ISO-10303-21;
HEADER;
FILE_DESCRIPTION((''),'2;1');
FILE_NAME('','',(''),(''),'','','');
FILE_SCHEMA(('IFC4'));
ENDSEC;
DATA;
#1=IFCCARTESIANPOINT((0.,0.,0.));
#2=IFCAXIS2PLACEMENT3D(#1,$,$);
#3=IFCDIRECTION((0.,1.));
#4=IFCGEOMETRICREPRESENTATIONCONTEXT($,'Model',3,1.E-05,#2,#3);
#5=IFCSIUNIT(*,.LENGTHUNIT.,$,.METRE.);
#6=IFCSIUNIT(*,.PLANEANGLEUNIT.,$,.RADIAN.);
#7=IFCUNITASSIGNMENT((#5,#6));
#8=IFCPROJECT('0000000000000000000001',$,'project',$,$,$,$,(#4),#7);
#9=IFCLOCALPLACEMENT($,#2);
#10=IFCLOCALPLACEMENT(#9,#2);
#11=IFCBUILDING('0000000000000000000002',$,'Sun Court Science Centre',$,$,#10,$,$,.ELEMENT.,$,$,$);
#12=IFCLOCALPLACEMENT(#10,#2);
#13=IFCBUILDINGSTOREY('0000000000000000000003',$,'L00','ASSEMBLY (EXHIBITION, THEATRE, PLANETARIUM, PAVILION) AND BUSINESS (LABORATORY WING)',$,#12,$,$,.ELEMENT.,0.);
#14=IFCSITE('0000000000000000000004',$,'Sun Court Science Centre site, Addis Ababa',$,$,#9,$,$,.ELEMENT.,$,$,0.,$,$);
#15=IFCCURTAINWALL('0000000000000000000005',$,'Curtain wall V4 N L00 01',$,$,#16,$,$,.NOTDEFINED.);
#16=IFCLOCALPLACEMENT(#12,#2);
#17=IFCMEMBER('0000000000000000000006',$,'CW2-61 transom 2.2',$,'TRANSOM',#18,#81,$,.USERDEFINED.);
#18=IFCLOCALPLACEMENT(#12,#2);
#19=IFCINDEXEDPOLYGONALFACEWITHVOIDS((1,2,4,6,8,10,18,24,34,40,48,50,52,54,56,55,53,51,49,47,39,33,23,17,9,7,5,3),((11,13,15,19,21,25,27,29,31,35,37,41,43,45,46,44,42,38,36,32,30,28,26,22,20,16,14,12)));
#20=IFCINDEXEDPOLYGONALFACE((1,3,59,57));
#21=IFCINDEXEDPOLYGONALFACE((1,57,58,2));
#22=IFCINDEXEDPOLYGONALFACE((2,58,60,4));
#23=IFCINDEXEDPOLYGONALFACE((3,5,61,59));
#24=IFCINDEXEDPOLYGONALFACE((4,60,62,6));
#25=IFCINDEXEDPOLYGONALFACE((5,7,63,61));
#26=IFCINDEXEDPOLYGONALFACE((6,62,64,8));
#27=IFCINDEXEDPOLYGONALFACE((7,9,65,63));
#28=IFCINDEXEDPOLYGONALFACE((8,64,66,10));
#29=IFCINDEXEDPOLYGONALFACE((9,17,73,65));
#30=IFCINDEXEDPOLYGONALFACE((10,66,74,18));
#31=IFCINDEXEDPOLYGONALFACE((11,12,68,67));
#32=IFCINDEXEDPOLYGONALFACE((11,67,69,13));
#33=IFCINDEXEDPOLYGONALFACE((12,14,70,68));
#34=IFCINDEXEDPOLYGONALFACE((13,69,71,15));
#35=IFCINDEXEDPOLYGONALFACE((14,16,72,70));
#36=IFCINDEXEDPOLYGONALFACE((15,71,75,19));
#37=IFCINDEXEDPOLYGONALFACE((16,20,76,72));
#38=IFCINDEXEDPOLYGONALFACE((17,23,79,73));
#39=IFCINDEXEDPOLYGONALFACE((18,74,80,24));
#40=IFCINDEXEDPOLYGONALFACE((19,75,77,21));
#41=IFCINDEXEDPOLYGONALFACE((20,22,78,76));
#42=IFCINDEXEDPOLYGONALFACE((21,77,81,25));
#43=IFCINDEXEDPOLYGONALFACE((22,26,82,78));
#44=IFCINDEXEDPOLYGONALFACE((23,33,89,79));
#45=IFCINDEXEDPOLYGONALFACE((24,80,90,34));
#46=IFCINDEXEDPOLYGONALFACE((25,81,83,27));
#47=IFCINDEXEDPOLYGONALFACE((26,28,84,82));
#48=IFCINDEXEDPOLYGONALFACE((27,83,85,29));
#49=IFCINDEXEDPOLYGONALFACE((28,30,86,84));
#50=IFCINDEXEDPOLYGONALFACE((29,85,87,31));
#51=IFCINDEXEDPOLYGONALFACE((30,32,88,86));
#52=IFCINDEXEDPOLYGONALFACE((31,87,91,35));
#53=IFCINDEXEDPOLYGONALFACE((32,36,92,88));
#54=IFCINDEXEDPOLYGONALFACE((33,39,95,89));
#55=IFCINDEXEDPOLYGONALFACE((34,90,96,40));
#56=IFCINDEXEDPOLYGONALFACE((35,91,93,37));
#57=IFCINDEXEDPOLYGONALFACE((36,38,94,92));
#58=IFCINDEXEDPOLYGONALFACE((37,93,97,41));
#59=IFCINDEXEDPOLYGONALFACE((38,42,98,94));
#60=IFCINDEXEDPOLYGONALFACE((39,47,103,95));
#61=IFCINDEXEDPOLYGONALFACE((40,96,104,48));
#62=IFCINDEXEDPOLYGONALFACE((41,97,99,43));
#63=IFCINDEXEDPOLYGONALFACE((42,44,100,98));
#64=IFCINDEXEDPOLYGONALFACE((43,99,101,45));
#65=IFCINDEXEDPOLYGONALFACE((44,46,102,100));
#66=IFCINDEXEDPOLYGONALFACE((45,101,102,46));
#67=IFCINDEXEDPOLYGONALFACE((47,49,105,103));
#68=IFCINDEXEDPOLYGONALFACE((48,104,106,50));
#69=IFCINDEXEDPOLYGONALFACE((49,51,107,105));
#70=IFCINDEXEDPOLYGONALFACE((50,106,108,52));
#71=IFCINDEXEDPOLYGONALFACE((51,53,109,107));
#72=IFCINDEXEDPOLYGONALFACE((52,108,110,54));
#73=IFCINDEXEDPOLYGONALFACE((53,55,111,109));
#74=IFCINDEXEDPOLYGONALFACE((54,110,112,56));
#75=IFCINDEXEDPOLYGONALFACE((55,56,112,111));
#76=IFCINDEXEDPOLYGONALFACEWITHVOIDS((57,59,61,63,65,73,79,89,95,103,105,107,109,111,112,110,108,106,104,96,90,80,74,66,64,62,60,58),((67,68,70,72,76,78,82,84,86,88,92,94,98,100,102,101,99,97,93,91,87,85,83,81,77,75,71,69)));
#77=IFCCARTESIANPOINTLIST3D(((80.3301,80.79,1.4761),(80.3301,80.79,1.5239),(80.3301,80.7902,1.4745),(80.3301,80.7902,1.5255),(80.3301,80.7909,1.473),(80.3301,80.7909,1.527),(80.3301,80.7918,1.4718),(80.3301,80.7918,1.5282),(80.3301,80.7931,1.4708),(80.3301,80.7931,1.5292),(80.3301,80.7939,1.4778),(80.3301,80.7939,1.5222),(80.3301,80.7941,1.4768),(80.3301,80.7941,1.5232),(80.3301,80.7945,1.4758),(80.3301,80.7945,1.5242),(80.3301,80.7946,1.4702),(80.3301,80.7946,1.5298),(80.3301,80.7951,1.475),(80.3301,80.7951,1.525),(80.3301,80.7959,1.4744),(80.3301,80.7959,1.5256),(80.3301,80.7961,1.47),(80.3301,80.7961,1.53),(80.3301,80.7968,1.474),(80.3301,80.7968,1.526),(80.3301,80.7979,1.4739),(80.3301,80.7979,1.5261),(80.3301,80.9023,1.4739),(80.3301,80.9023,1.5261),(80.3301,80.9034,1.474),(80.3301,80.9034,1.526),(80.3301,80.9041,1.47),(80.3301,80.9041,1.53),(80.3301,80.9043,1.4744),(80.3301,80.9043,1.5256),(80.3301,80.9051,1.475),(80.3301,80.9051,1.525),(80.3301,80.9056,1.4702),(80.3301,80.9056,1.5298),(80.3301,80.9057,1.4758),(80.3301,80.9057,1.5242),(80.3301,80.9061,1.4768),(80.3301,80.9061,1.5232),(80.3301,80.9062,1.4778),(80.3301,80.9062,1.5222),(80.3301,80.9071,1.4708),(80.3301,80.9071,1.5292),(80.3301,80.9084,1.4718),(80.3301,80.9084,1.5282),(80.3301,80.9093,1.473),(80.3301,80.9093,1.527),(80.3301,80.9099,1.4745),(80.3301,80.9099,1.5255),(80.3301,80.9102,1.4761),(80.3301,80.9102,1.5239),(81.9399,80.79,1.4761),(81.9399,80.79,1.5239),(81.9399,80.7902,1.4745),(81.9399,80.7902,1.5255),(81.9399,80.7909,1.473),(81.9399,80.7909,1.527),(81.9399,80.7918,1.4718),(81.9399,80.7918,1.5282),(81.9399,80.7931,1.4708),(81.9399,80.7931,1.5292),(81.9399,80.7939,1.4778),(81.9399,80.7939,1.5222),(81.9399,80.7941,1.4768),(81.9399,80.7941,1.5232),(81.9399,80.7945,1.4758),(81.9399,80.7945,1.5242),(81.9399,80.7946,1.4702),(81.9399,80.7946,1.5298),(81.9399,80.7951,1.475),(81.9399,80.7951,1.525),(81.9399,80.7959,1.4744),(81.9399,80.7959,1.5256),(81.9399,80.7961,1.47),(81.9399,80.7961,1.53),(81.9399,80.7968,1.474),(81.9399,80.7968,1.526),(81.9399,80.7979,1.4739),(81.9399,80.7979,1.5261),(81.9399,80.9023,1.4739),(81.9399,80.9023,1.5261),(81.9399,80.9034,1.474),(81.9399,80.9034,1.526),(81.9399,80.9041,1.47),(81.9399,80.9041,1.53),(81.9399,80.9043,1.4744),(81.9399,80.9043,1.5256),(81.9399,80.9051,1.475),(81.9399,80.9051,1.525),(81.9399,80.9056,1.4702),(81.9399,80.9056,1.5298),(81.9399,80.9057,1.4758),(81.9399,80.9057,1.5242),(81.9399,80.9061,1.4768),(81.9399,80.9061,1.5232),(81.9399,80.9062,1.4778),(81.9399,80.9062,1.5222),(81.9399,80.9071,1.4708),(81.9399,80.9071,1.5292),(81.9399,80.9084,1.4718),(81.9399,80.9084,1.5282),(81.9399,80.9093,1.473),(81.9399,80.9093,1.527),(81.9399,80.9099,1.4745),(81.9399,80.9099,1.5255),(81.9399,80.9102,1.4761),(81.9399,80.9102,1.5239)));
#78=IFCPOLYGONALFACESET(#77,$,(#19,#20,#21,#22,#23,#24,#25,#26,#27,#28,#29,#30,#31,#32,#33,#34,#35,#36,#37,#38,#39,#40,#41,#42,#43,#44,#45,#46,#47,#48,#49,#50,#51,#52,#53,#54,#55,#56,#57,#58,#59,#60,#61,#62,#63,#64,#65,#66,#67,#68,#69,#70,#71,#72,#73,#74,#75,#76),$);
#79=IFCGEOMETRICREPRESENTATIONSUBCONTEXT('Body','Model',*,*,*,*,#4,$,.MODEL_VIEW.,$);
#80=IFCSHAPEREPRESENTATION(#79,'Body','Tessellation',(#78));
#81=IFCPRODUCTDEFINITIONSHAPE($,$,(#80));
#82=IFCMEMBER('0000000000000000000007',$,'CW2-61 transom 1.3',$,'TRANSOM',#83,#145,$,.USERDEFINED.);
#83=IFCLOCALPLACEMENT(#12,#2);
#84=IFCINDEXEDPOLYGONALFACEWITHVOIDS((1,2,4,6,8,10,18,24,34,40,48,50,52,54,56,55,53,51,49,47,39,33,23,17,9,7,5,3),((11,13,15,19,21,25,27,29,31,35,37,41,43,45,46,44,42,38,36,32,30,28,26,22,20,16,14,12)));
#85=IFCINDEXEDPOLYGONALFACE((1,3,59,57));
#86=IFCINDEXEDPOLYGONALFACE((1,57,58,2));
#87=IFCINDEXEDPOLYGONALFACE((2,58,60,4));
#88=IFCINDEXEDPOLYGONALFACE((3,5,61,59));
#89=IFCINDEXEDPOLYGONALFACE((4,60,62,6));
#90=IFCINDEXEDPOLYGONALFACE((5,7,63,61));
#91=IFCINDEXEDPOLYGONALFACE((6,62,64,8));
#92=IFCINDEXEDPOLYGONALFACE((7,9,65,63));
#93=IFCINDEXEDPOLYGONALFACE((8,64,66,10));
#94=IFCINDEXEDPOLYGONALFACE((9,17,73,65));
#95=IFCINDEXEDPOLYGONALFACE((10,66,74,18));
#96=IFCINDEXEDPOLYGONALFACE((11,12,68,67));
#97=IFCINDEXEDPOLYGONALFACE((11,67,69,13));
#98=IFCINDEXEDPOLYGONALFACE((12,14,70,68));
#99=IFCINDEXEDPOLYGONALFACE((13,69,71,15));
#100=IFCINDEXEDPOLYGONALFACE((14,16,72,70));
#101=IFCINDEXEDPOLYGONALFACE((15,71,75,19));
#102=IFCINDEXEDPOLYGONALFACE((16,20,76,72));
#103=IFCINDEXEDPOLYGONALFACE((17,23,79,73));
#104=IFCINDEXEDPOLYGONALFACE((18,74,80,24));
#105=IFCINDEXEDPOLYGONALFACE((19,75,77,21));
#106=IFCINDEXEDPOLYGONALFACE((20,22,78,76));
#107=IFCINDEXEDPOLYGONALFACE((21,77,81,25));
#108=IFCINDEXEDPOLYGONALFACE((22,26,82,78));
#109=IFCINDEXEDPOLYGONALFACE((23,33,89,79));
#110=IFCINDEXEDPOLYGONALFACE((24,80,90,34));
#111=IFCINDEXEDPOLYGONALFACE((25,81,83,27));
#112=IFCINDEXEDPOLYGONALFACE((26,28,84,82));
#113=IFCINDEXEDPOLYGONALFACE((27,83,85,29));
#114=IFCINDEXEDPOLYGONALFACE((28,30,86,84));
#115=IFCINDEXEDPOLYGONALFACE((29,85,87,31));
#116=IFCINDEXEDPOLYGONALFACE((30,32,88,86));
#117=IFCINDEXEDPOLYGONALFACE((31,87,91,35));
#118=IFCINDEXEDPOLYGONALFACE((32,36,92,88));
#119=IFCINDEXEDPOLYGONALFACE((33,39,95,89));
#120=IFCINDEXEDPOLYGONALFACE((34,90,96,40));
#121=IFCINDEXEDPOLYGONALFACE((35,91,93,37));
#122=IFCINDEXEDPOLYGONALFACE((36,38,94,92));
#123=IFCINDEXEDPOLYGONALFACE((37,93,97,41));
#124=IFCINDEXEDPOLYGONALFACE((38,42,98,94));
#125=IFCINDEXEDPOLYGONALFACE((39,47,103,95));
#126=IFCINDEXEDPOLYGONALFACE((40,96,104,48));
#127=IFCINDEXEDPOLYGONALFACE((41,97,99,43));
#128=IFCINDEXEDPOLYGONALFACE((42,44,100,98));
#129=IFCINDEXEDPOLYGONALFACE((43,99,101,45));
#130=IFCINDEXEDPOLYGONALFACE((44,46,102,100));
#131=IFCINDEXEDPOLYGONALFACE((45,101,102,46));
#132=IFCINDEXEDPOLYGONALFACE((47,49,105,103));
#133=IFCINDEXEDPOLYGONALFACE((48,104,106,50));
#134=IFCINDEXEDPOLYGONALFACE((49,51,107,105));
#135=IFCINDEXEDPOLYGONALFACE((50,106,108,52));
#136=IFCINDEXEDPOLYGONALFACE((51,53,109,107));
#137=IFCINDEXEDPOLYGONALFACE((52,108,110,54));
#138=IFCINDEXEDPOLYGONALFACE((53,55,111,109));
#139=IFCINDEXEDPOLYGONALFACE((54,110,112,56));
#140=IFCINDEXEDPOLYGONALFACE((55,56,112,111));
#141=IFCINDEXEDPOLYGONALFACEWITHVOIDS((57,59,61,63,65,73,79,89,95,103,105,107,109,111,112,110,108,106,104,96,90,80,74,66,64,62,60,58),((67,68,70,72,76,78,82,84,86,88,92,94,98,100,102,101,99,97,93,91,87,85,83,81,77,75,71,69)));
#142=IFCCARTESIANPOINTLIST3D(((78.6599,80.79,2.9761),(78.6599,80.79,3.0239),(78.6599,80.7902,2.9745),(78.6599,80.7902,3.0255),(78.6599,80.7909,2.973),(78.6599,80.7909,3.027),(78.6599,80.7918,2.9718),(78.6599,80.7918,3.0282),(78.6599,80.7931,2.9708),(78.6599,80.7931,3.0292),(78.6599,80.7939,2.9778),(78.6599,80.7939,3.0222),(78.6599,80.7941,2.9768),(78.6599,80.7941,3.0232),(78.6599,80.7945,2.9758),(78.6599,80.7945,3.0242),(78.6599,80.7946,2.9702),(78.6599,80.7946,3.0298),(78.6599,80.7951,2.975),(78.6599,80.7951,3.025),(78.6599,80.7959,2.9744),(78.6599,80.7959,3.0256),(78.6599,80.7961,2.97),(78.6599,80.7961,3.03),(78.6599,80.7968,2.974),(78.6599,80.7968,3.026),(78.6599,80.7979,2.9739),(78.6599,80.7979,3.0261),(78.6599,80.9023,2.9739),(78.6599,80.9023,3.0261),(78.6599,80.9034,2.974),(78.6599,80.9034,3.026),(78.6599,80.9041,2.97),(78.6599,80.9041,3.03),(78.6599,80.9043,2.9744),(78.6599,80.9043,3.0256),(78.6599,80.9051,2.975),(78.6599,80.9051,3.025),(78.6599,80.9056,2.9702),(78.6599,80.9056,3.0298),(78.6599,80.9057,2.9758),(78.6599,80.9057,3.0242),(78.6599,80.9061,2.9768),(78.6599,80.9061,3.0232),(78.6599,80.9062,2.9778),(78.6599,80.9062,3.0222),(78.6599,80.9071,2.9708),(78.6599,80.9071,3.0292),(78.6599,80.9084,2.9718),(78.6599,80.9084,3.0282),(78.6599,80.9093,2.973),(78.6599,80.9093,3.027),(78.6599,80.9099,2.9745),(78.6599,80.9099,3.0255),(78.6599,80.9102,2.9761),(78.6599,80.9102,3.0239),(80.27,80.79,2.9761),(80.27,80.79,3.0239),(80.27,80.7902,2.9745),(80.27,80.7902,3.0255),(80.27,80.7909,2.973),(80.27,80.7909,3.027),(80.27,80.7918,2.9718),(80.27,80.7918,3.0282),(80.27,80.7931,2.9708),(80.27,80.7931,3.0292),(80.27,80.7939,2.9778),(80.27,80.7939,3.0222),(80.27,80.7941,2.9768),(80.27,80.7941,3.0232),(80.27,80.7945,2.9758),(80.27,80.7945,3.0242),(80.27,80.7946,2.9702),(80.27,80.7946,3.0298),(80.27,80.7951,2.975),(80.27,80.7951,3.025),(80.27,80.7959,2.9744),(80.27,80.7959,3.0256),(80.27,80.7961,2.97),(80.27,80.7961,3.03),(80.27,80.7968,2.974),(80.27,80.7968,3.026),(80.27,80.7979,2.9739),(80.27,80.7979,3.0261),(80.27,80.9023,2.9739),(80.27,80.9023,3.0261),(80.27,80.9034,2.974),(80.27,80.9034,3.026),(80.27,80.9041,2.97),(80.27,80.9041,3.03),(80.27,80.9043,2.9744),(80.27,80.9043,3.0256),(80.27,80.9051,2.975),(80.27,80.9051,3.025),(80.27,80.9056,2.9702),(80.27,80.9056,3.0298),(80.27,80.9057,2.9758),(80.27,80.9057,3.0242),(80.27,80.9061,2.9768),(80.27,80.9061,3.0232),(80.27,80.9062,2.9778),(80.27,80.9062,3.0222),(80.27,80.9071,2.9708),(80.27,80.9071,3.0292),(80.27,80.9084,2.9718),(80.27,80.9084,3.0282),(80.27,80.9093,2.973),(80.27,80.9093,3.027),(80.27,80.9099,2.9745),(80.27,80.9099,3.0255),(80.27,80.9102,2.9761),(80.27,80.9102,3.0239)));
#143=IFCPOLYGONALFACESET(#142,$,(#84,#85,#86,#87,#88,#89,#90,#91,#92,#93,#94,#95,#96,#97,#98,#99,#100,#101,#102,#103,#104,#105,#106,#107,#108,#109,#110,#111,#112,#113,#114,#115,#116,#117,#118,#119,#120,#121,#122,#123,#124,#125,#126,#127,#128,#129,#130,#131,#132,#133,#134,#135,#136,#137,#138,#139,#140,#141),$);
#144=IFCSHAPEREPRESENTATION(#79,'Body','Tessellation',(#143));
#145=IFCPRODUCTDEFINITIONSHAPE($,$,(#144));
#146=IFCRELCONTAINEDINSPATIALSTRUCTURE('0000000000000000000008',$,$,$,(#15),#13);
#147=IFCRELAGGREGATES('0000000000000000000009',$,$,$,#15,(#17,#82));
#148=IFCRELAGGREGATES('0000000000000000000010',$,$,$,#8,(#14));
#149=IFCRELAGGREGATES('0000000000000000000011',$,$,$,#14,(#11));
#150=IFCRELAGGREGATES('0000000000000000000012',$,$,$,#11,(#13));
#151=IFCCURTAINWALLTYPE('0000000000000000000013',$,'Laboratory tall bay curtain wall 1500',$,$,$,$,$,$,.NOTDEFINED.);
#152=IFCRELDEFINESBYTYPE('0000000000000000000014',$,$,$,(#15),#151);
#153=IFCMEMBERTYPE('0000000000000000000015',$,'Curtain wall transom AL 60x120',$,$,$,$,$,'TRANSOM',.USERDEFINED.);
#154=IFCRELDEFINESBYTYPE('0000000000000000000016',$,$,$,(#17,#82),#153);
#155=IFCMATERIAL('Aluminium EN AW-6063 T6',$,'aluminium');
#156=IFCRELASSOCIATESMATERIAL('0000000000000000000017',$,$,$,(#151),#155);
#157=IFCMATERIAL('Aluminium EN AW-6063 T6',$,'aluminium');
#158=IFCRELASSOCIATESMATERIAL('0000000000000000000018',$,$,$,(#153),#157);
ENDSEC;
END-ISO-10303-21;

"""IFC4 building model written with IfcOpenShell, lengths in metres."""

from ifc_helpers import new_model, si_unit, direction, frame, origin, origin_2d, place, context, subcontext, project, spatial, hollow_rectangle, extrude, material, material_profile, profile_set, type_object, element, aggregate, save


model = new_model("IFC4")

# Units and contexts
model_context = context("Model", 3, precision=1e-05, world=origin(), true_north=direction((0.0, 1.0)))
body_context = subcontext(model_context, "Body", "Model", "MODEL_VIEW")
ifc_project = project(units=[si_unit("LENGTHUNIT", "METRE"), si_unit("PLANEANGLEUNIT", "RADIAN")], contexts=[model_context])

# Site, building, storey
site_placement = place(None, origin())
site = spatial("IfcSite", under=ifc_project, at=site_placement, Name="Sun Court Science Centre site, Addis Ababa", CompositionType="ELEMENT", RefElevation=0.0)
building_placement = place(site_placement, origin())
building = spatial("IfcBuilding", under=site, at=building_placement, Name="Sun Court Science Centre", CompositionType="ELEMENT")
storey_placement = place(building_placement, origin())
storey = spatial("IfcBuildingStorey", under=building, at=storey_placement, Name="L00", Description="ASSEMBLY (EXHIBITION, THEATRE, PLANETARIUM, PAVILION) AND BUSINESS (LABORATORY WING)", CompositionType="ELEMENT", Elevation=0.0)

# Shared definitions
ifc_material_1 = material(Name="Aluminium EN AW-6063 T6", Category="aluminium")
curtain_wall_type = type_object("IfcCurtainWallType", Name="Laboratory tall bay curtain wall 1500", PredefinedType="NOTDEFINED", material=ifc_material_1)

# Curtain wall, members
curtain_wall_1_placement = place(storey_placement, origin())
curtain_wall_1 = element("IfcCurtainWall", 1, at=curtain_wall_1_placement, inside=storey, type_object=curtain_wall_type, Name="Curtain wall V4 N L00 01", PredefinedType="NOTDEFINED")
ifc_material_2 = material(Name="Aluminium EN AW-6063 T6", Category="aluminium")
ifc_material_profile_1 = material_profile(ifc_material_2, hollow_rectangle(XDim=0.0601, YDim=0.1201, WallThickness=0.0039, InnerFilletRadius=0.0039, OuterFilletRadius=0.0061, at=origin_2d()), Name="AL 60x120x4")
ifc_profile_set_1 = profile_set([ifc_material_profile_1], Name="Aluminium EN AW-6063 T6")
member_type_1 = type_object("IfcMemberType", Name="Curtain wall transom AL 60x120", ElementType="TRANSOM", PredefinedType="USERDEFINED", material=ifc_profile_set_1)
member_1_placement = place(storey_placement, frame((80.3301, 80.8501, 1.5), z_axis=(1.0, 0.0, 0.0), x_axis=(0.0, 0.0, 1.0)))
member_1 = element("IfcMember", 2, at=member_1_placement, type_object=member_type_1, Name="CW2-61 transom 2.2", ObjectType="TRANSOM", PredefinedType="USERDEFINED", context=body_context, shape_type="SweptSolid", body=[
    extrude(hollow_rectangle(XDim=0.0601, YDim=0.1201, WallThickness=0.0039, InnerFilletRadius=0.0039, OuterFilletRadius=0.0061, at=origin_2d()), origin(), (0.0, 0.0, 1.0), 1.6099),
])
member_2_placement = place(storey_placement, frame((78.6599, 80.8501, 3.0), z_axis=(1.0, 0.0, 0.0), x_axis=(0.0, 0.0, 1.0)))
member_2 = element("IfcMember", 3, at=member_2_placement, type_object=member_type_1, Name="CW2-61 transom 1.3", ObjectType="TRANSOM", PredefinedType="USERDEFINED", context=body_context, shape_type="SweptSolid", body=[
    extrude(hollow_rectangle(XDim=0.0601, YDim=0.1201, WallThickness=0.0039, InnerFilletRadius=0.0039, OuterFilletRadius=0.0061, at=origin_2d()), origin(), (0.0, 0.0, 1.0), 1.6101),
])

aggregate(curtain_wall_1, [member_1, member_2])

save(model, "model.ifc")
